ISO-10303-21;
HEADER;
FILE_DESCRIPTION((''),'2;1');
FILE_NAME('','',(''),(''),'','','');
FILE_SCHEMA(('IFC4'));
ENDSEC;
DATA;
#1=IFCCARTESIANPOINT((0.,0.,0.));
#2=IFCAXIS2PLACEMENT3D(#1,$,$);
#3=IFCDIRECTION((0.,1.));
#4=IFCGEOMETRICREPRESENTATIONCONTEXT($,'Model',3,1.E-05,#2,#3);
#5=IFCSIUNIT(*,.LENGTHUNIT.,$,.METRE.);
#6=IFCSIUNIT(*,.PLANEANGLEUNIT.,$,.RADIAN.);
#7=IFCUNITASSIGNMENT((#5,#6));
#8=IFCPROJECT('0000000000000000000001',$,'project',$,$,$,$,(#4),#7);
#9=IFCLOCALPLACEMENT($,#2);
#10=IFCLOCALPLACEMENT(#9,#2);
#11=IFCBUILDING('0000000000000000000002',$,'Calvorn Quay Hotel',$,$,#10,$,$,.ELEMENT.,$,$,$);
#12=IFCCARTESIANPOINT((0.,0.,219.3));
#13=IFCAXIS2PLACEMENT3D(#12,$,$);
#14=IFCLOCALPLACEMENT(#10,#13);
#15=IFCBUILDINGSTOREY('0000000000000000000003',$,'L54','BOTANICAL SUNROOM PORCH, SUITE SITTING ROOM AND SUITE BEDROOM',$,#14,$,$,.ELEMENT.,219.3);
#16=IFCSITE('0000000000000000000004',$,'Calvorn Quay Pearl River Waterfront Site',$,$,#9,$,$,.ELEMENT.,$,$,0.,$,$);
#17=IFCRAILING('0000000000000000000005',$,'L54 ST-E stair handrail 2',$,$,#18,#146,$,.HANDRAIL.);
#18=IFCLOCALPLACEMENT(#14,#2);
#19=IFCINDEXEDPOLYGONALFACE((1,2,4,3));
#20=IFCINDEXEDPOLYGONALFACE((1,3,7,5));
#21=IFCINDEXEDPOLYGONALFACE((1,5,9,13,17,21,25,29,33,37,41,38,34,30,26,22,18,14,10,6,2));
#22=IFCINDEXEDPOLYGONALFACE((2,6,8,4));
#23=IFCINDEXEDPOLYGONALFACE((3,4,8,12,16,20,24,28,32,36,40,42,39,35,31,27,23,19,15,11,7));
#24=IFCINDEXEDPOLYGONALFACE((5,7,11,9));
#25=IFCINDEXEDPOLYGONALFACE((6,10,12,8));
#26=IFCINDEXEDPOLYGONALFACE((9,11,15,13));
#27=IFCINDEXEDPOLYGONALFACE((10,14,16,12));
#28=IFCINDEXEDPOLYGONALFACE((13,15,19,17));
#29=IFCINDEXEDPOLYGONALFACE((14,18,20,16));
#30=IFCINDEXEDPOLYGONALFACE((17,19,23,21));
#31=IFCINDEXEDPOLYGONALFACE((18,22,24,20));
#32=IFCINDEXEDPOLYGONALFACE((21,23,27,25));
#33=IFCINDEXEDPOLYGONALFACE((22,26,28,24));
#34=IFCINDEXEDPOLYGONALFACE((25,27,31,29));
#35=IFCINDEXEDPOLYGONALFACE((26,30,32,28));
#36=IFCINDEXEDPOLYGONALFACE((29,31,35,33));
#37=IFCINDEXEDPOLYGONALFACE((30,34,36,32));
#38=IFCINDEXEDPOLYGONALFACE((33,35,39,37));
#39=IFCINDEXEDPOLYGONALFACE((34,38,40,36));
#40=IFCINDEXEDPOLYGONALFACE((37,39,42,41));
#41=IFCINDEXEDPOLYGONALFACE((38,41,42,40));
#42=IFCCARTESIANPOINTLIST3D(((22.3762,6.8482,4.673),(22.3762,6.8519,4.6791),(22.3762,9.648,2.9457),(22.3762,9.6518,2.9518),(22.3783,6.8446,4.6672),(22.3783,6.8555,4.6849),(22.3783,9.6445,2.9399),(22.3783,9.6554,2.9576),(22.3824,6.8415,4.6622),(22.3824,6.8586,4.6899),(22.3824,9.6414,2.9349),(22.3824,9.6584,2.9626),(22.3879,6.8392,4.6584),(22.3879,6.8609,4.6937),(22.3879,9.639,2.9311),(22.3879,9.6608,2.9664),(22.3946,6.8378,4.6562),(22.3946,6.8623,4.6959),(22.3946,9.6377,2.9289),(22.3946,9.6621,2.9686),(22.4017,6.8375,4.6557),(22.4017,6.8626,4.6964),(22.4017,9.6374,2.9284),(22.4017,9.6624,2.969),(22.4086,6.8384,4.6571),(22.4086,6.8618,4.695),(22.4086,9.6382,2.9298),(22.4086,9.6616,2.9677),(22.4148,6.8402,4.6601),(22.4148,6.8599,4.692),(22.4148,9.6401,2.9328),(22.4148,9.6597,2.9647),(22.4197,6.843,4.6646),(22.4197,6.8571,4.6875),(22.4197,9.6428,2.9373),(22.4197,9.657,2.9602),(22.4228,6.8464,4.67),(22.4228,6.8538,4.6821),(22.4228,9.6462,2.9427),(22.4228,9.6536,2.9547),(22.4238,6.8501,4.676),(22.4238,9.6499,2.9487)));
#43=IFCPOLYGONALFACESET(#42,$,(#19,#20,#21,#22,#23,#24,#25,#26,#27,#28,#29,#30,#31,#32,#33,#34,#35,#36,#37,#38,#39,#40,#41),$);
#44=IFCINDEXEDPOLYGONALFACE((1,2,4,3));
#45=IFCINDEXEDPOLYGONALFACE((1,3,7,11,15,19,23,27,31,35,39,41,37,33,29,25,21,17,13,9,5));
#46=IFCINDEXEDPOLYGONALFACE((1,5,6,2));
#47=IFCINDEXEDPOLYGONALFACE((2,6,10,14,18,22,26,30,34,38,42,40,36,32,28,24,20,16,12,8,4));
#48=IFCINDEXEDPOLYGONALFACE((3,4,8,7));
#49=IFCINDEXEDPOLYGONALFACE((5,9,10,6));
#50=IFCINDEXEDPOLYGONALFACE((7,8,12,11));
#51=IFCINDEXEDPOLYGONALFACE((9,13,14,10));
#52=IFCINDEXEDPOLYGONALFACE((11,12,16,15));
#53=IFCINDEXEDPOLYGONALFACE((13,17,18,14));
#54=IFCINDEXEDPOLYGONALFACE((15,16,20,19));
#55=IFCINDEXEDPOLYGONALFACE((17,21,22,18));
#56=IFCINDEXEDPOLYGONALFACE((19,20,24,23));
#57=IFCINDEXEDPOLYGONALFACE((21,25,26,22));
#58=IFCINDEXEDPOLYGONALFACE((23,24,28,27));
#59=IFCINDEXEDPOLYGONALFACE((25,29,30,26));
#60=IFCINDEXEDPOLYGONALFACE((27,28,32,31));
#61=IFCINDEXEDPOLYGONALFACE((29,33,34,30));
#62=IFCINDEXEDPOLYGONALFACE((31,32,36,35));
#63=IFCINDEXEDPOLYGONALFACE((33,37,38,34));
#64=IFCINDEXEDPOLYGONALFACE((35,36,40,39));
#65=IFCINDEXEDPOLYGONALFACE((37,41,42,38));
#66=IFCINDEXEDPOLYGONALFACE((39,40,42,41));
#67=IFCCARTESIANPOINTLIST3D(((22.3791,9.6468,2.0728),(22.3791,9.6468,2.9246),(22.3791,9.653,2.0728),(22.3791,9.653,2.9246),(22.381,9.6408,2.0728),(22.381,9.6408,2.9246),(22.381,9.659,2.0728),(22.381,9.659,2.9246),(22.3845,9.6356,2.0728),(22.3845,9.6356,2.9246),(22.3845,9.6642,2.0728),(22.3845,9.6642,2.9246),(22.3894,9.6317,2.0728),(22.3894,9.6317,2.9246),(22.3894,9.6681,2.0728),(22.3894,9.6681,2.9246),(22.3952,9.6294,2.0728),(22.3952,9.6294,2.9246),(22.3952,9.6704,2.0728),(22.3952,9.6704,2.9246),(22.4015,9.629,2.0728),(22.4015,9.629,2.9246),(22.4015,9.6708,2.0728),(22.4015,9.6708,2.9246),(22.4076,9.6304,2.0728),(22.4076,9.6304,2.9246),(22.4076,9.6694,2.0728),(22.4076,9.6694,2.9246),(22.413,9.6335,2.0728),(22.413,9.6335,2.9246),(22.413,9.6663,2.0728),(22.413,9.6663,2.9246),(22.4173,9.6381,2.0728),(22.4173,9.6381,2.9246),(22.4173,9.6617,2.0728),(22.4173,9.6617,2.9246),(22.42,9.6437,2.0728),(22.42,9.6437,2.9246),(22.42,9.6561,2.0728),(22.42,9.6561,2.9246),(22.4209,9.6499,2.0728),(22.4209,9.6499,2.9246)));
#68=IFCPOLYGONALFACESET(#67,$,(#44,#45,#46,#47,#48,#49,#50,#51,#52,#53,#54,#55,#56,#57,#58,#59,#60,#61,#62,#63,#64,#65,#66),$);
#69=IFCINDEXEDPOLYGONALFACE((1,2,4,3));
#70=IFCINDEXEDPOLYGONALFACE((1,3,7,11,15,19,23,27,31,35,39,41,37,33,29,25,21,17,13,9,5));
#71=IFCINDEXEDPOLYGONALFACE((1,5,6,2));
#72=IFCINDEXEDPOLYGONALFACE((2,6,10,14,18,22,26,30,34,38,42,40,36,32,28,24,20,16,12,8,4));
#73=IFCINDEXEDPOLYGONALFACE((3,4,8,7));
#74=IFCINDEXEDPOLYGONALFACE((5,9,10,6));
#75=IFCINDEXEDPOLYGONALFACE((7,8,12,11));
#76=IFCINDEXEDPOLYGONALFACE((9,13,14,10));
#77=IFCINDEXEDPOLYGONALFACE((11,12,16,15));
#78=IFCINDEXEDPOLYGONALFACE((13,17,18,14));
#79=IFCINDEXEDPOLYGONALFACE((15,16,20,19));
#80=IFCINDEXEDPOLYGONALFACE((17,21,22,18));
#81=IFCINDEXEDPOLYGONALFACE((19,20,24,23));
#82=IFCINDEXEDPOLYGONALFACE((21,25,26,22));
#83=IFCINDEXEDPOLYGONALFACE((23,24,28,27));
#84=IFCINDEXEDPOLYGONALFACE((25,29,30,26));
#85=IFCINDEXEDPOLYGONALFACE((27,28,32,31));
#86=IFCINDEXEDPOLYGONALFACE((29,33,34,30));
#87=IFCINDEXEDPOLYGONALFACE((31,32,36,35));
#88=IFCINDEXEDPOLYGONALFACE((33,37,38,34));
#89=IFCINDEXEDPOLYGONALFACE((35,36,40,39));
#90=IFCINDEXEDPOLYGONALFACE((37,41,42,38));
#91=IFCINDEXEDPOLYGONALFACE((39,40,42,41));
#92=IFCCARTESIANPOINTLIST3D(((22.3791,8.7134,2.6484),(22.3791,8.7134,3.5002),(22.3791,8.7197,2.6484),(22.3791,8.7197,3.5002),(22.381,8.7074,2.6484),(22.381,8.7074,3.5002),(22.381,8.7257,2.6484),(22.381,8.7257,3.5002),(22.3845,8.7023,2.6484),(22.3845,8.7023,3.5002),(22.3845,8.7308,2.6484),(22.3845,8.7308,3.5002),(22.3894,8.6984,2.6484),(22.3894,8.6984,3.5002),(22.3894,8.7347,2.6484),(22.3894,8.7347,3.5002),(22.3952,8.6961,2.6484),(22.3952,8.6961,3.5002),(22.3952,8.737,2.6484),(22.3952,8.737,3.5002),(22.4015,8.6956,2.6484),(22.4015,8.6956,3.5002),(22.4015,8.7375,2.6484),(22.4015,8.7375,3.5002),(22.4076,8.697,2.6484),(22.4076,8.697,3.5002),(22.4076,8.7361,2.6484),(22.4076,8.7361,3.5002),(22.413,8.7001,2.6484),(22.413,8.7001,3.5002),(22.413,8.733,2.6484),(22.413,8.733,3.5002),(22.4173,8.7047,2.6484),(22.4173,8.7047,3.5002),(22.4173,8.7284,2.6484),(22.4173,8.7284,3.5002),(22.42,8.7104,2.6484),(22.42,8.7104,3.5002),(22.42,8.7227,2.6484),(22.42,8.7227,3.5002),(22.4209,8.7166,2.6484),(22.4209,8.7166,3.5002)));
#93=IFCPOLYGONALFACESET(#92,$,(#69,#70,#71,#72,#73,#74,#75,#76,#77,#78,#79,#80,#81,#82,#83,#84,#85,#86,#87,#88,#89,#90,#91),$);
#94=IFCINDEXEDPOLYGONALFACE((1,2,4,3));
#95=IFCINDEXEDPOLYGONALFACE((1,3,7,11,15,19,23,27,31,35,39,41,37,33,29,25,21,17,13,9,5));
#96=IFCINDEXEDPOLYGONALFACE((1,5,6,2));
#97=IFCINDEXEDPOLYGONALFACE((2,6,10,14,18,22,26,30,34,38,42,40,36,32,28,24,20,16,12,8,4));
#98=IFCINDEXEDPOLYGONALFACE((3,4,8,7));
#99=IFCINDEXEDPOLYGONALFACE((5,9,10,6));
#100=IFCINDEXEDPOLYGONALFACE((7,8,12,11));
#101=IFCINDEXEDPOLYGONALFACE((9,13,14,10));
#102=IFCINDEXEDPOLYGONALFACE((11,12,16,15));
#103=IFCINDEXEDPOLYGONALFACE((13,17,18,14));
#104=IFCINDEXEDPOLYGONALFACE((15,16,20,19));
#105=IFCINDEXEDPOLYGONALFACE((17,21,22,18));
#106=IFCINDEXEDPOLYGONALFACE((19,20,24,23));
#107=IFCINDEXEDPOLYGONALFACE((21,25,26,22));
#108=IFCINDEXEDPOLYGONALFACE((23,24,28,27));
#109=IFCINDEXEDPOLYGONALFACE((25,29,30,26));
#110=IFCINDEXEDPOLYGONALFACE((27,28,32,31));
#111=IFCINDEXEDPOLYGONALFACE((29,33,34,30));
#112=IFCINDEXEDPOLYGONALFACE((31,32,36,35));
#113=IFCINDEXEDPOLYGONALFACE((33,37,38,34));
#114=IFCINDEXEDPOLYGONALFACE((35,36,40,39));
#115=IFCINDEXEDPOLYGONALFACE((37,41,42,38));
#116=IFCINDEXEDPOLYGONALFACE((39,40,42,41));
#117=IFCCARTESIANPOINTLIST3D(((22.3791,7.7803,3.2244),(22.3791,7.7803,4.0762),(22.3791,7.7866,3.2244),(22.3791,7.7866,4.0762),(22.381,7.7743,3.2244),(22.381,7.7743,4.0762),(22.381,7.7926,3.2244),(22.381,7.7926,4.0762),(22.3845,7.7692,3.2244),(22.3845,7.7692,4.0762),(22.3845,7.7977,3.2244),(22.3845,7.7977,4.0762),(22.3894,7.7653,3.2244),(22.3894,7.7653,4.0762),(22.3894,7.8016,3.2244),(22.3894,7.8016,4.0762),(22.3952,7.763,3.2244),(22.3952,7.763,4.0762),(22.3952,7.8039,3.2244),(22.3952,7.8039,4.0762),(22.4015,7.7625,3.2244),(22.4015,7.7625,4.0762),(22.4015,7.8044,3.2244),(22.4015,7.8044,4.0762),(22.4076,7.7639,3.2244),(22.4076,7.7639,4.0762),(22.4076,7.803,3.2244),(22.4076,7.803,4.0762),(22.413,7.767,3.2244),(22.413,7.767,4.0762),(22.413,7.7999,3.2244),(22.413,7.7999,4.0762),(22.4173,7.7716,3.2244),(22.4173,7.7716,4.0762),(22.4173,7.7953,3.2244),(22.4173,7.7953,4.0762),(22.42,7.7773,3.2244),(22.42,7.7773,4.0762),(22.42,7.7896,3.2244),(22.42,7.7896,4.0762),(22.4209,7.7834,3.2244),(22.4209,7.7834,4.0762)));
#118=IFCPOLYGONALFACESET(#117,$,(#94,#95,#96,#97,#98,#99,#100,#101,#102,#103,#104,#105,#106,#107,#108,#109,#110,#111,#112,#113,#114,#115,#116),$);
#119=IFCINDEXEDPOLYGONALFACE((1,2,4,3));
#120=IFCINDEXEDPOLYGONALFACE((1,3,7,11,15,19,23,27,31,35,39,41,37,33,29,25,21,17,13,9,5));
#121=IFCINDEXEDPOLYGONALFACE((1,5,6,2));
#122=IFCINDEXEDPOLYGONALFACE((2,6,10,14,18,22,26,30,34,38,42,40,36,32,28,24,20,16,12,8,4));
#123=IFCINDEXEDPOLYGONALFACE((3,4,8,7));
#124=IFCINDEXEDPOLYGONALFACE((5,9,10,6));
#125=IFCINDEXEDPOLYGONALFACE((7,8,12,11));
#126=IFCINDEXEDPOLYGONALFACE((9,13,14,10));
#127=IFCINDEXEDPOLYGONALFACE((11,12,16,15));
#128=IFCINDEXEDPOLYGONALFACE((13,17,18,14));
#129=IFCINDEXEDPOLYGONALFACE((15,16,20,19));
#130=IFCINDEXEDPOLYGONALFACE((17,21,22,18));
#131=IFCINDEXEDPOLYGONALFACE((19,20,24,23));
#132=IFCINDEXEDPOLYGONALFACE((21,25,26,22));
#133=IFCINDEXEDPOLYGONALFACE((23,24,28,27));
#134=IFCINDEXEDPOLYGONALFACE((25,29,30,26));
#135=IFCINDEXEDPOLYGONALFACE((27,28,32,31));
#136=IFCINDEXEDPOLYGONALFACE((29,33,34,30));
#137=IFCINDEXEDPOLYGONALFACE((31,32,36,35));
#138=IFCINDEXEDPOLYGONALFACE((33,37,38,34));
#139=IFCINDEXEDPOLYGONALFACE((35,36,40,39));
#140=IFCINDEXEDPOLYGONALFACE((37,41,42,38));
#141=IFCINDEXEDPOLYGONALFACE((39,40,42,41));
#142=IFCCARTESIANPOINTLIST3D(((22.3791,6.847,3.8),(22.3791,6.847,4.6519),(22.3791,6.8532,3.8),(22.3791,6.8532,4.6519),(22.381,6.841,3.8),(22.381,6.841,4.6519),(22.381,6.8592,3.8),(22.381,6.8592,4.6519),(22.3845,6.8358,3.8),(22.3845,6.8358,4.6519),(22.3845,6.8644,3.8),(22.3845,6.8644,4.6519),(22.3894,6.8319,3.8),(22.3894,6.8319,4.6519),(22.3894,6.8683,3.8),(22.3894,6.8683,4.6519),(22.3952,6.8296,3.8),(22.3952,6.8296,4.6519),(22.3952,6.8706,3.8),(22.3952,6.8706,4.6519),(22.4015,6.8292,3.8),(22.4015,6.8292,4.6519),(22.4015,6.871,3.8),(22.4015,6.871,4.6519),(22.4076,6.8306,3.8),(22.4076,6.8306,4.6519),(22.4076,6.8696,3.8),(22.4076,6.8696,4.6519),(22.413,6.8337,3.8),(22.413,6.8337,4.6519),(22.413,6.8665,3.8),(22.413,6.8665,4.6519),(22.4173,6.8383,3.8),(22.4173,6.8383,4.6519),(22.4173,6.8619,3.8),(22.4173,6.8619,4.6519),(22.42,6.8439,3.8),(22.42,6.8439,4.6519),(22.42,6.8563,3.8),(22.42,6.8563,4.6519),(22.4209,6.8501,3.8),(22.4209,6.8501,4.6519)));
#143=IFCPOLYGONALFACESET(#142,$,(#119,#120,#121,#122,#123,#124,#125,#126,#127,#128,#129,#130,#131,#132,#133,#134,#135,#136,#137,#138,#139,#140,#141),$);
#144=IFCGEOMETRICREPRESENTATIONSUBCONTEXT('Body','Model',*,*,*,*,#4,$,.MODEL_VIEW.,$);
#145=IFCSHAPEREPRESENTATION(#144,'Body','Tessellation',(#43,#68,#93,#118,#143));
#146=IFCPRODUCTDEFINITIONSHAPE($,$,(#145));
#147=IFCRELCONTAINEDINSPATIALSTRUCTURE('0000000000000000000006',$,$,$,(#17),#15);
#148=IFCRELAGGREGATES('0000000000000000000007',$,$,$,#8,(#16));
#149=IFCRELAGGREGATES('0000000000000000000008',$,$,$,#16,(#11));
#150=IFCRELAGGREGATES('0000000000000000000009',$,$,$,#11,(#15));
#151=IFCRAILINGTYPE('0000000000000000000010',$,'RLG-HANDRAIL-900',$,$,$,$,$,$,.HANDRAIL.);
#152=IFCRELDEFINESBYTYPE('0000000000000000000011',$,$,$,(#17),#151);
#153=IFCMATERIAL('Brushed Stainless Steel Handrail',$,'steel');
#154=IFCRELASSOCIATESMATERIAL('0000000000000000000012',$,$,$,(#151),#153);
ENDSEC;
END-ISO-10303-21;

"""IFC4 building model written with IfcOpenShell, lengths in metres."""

from ifc_helpers import new_model, si_unit, direction, frame, origin, origin_2d, place, context, subcontext, project, spatial, circle, extrude, material, type_object, element, save


model = new_model("IFC4")

# Units and contexts
model_context = context("Model", 3, precision=1e-05, world=origin(), true_north=direction((0.0, 1.0)))
body_context = subcontext(model_context, "Body", "Model", "MODEL_VIEW")
ifc_project = project(units=[si_unit("LENGTHUNIT", "METRE"), si_unit("PLANEANGLEUNIT", "RADIAN")], contexts=[model_context])

# Site, building, storey
site_placement = place(None, origin())
site = spatial("IfcSite", under=ifc_project, at=site_placement, Name="Calvorn Quay Pearl River Waterfront Site", CompositionType="ELEMENT", RefElevation=0.0)
building_placement = place(site_placement, origin())
building = spatial("IfcBuilding", under=site, at=building_placement, Name="Calvorn Quay Hotel", CompositionType="ELEMENT")
storey_placement = place(building_placement, frame((0.0, 0.0, 219.3)))
storey = spatial("IfcBuildingStorey", under=building, at=storey_placement, Name="L54", Description="BOTANICAL SUNROOM PORCH, SUITE SITTING ROOM AND SUITE BEDROOM", CompositionType="ELEMENT", Elevation=219.3)

# Railing
ifc_material_1 = material(Name="Brushed Stainless Steel Handrail", Category="steel")
railing_type_1 = type_object("IfcRailingType", Name="RLG-HANDRAIL-900", PredefinedType="HANDRAIL", material=ifc_material_1)
railing_1_placement = place(storey_placement, frame((22.3999, 9.6499, 2.0728)))
element("IfcRailing", 1, at=railing_1_placement, inside=storey, type_object=railing_type_1, Name="L54 ST-E stair handrail 2", PredefinedType="HANDRAIL", context=body_context, shape_type="SweptSolid", body=[
    extrude(circle(Radius=0.0239, at=origin_2d()), frame((0.0, 0.0, 0.876), z_axis=(0.0, -0.851069, 0.525054), x_axis=(1.0, 0.0, 0.0)), (0.0, 0.0, 1.0), 3.2898),
    extrude(circle(Radius=0.021, at=origin_2d()), origin(), (0.0, 0.0, 1.0), 0.8518),
    extrude(circle(Radius=0.021, at=origin_2d()), frame((0.0, -0.9333, 0.5757)), (0.0, 0.0, 1.0), 0.8518),
    extrude(circle(Radius=0.021, at=origin_2d()), frame((0.0, -1.8665, 1.1516)), (0.0, 0.0, 1.0), 0.8518),
    extrude(circle(Radius=0.021, at=origin_2d()), frame((0.0, -2.7998, 1.7273)), (0.0, 0.0, 1.0), 0.8518),
])

save(model, "model.ifc")
